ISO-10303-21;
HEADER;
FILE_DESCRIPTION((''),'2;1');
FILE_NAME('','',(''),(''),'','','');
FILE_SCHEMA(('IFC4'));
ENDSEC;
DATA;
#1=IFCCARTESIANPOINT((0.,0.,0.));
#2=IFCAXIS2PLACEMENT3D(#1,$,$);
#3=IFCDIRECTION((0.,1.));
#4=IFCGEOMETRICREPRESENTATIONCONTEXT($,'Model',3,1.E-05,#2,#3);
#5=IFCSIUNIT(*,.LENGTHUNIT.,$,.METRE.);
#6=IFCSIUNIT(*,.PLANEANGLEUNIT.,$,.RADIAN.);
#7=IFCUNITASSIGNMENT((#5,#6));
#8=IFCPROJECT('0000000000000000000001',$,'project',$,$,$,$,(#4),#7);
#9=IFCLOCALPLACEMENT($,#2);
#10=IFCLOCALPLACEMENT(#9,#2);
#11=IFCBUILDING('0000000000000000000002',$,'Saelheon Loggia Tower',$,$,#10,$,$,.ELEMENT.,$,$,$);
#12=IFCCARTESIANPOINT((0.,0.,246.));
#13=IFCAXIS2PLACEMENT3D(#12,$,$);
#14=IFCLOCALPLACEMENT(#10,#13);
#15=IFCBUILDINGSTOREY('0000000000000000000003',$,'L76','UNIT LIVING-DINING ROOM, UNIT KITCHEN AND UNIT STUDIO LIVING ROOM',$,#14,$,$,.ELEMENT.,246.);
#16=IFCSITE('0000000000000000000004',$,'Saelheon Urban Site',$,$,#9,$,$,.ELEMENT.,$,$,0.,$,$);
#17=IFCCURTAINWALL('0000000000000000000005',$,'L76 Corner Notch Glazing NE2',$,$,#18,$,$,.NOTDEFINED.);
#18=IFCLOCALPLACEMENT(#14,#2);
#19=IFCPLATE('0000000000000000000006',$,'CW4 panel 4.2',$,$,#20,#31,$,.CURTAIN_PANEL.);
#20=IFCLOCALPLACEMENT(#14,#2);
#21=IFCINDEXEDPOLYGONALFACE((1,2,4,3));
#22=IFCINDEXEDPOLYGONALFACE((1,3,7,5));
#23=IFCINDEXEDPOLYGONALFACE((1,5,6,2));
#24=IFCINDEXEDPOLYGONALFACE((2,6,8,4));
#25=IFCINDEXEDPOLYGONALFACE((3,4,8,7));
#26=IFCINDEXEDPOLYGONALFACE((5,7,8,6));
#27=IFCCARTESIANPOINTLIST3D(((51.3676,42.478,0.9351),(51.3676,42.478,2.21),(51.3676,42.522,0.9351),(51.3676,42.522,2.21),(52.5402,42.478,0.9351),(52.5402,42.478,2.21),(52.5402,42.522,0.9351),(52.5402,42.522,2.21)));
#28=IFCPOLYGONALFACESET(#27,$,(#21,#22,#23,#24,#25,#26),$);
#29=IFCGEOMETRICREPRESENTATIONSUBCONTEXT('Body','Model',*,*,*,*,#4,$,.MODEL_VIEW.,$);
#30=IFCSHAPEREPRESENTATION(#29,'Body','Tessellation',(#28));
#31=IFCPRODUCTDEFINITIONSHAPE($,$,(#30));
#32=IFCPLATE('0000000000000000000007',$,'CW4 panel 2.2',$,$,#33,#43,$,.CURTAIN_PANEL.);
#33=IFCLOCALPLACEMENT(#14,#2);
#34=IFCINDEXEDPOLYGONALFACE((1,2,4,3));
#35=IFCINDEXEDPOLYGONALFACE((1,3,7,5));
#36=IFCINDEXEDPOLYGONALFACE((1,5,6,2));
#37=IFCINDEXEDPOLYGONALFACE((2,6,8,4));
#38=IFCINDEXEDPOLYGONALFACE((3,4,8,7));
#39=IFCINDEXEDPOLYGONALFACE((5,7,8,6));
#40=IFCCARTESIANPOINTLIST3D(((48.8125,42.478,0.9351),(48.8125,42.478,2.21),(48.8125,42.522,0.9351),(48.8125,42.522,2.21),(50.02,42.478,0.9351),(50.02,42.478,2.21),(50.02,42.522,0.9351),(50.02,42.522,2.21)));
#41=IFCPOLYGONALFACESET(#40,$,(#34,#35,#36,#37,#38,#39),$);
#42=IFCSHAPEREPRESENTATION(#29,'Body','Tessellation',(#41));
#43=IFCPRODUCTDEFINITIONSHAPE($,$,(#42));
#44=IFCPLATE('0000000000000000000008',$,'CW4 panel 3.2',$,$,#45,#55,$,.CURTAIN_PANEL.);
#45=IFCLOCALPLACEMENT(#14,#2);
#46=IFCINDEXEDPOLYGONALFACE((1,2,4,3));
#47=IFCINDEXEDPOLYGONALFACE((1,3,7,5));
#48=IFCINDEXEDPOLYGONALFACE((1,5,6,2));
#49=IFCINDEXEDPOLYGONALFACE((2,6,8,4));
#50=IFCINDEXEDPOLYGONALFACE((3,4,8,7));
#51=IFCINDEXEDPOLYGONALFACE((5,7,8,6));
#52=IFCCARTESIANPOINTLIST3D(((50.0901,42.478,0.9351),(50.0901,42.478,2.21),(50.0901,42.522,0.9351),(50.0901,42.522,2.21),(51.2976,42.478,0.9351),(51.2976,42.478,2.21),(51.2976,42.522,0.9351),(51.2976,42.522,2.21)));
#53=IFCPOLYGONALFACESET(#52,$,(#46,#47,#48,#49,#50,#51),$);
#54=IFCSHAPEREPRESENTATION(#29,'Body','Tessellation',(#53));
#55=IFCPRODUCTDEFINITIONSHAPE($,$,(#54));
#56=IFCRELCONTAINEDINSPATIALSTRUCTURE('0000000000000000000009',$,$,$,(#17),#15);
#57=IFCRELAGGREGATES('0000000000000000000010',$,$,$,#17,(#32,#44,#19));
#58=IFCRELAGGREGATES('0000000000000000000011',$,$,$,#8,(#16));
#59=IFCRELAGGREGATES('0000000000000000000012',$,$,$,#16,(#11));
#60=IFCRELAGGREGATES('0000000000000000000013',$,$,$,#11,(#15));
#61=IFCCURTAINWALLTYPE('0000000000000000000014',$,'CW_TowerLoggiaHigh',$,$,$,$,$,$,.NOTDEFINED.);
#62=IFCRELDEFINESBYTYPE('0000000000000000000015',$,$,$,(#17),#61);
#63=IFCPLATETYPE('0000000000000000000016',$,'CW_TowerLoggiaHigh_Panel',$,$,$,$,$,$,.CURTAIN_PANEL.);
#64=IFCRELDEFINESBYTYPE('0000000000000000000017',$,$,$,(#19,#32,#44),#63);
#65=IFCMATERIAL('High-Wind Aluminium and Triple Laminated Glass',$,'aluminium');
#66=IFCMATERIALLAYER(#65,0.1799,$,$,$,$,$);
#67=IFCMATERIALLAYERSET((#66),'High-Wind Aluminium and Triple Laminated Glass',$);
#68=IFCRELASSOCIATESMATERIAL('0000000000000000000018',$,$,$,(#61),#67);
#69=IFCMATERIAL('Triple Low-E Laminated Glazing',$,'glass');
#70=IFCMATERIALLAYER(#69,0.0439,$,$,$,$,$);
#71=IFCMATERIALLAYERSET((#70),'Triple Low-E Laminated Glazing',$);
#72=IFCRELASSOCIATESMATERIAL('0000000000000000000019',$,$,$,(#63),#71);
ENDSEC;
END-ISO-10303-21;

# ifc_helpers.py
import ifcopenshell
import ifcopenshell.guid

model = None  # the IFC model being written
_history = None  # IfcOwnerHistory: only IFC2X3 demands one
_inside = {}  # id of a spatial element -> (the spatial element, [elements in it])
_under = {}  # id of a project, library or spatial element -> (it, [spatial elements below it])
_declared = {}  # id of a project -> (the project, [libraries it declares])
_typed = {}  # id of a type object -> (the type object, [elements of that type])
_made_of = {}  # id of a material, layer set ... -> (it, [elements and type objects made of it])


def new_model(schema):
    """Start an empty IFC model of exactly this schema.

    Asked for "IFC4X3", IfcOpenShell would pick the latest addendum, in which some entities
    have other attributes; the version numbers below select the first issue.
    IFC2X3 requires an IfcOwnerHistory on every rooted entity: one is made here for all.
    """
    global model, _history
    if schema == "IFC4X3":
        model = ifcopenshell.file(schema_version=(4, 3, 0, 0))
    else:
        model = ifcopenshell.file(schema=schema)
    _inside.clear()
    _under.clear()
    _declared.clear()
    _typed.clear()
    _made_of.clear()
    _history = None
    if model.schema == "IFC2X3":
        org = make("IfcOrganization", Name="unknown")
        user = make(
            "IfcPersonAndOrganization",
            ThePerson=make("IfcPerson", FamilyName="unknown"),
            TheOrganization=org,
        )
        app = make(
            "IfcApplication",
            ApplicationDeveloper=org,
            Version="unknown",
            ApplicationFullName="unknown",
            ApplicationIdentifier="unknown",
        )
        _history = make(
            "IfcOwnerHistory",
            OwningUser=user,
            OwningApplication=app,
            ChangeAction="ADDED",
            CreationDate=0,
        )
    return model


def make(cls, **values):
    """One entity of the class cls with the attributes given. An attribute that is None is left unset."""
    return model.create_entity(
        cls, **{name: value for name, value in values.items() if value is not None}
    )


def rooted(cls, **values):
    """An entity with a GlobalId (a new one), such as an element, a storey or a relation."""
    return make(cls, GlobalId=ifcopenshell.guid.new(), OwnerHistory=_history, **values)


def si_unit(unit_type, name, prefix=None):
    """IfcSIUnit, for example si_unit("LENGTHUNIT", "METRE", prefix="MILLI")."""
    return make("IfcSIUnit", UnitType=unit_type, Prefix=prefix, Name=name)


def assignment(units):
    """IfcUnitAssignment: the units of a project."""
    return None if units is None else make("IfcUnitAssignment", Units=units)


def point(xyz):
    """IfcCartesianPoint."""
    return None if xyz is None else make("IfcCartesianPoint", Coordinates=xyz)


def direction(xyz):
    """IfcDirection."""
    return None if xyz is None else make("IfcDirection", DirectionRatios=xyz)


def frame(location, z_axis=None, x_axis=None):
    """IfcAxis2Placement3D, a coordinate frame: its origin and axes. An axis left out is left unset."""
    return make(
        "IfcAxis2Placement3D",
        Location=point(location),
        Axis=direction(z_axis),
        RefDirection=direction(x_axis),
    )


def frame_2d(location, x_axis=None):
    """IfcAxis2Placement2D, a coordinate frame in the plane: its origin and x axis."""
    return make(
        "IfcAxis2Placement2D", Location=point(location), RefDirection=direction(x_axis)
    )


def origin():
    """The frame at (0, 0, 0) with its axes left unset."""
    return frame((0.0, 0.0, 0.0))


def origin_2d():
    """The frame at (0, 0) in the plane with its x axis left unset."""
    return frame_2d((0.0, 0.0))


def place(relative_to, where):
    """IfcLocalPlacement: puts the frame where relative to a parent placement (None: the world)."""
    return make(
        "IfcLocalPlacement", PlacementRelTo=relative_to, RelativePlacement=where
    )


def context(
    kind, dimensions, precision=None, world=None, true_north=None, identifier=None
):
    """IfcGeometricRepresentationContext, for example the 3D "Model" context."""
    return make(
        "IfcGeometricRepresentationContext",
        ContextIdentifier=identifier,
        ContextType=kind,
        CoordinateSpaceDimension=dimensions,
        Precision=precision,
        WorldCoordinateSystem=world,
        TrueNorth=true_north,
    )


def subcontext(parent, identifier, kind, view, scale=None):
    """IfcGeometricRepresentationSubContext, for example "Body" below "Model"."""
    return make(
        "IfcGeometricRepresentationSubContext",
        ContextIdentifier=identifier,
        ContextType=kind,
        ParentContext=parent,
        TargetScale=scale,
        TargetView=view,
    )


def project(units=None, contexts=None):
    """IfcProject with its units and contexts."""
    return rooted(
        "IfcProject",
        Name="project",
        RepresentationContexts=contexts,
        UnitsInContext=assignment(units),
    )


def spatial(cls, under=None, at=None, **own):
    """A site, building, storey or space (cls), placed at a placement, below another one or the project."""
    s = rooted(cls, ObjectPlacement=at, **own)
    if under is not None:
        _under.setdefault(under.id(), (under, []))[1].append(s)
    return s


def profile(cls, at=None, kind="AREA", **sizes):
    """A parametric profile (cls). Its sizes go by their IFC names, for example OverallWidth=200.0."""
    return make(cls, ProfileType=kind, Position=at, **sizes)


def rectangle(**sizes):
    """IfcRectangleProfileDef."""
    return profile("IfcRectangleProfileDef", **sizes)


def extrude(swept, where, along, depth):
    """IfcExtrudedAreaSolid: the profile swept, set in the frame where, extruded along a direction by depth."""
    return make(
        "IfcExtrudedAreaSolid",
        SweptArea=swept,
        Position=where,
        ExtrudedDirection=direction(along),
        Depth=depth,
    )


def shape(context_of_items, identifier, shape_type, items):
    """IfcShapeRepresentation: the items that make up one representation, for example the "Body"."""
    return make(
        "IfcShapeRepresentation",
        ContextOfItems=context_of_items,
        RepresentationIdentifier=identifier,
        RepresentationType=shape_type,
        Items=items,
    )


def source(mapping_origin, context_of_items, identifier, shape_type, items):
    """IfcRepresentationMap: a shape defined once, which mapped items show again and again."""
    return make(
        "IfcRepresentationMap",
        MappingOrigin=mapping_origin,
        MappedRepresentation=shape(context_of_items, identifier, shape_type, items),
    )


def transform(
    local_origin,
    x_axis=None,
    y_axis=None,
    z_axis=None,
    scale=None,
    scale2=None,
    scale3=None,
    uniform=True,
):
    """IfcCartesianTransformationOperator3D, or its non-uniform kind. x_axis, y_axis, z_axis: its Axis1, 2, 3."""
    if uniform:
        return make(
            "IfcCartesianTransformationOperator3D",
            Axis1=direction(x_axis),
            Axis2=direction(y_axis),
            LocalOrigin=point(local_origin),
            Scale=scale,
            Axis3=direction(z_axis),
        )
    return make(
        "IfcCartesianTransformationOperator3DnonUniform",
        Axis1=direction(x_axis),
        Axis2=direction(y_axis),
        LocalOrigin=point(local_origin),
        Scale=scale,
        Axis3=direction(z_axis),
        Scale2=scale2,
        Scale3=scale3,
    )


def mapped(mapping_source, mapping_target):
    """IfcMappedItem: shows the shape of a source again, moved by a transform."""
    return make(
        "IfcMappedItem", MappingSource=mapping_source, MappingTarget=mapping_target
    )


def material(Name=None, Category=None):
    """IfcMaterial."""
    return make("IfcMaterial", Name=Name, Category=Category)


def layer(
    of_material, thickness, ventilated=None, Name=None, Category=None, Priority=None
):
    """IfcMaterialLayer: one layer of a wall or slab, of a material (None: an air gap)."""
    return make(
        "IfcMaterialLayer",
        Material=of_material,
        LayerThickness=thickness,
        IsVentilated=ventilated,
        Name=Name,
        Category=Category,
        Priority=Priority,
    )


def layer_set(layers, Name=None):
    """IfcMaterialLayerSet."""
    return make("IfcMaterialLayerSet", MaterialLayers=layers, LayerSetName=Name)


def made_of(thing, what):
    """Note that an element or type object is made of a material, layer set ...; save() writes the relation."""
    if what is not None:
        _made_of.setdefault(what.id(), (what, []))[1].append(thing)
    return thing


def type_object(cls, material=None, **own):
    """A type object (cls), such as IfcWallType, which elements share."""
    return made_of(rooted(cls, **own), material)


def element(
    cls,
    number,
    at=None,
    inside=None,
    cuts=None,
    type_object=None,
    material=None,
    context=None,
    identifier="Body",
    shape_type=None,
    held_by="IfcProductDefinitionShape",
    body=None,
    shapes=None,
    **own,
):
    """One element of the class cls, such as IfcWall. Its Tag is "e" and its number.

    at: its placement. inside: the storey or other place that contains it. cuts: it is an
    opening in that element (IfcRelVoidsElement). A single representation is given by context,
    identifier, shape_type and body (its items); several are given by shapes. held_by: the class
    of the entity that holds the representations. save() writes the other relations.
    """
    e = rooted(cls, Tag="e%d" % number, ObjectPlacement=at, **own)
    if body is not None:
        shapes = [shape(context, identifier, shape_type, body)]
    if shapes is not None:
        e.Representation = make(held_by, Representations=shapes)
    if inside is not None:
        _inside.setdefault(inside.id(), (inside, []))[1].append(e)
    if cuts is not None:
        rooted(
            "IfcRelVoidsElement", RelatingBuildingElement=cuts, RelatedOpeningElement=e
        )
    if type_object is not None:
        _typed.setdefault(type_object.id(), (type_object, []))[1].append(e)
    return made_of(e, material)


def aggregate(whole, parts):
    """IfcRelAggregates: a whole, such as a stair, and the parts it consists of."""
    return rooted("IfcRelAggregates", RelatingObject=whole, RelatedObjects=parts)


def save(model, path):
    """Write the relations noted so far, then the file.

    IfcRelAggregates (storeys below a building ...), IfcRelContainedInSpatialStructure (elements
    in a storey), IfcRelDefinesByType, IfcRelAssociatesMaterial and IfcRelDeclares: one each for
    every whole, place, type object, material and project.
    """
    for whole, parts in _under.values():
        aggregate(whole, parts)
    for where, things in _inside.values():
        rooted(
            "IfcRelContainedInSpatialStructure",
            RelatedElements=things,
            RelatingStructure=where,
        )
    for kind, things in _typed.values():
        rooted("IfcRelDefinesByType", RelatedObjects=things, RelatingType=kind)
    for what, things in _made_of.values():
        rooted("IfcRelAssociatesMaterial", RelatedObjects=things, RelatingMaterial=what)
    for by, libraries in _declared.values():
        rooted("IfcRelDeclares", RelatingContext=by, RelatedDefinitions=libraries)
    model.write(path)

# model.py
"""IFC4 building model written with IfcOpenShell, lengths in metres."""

from ifc_helpers import new_model, si_unit, direction, frame, origin, origin_2d, place, context, subcontext, project, spatial, rectangle, extrude, source, transform, mapped, material, layer, layer_set, type_object, element, aggregate, save


model = new_model("IFC4")

# Units and contexts
model_context = context("Model", 3, precision=1e-05, world=origin(), true_north=direction((0.0, 1.0)))
body_context = subcontext(model_context, "Body", "Model", "MODEL_VIEW")
ifc_project = project(units=[si_unit("LENGTHUNIT", "METRE"), si_unit("PLANEANGLEUNIT", "RADIAN")], contexts=[model_context])

# Site, building, storey
site_placement = place(None, origin())
site = spatial("IfcSite", under=ifc_project, at=site_placement, Name="Saelheon Urban Site", CompositionType="ELEMENT", RefElevation=0.0)
building_placement = place(site_placement, origin())
building = spatial("IfcBuilding", under=site, at=building_placement, Name="Saelheon Loggia Tower", CompositionType="ELEMENT")
storey_placement = place(building_placement, frame((0.0, 0.0, 246.0)))
storey = spatial("IfcBuildingStorey", under=building, at=storey_placement, Name="L76", Description="UNIT LIVING-DINING ROOM, UNIT KITCHEN AND UNIT STUDIO LIVING ROOM", CompositionType="ELEMENT", Elevation=246.0)

# Shared definitions
ifc_material_1 = material(Name="High-Wind Aluminium and Triple Laminated Glass", Category="aluminium")
ifc_layer_1 = layer(ifc_material_1, 0.1799)
ifc_layer_set_1 = layer_set([ifc_layer_1], Name="High-Wind Aluminium and Triple Laminated Glass")
curtain_wall_type = type_object("IfcCurtainWallType", Name="CW_TowerLoggiaHigh", PredefinedType="NOTDEFINED", material=ifc_layer_set_1)

# Curtain wall
curtain_wall_1_placement = place(storey_placement, origin())
curtain_wall_1 = element("IfcCurtainWall", 1, at=curtain_wall_1_placement, inside=storey, type_object=curtain_wall_type, Name="L76 Corner Notch Glazing NE2", PredefinedType="NOTDEFINED")

# Plates
ifc_material_2 = material(Name="Triple Low-E Laminated Glazing", Category="glass")
ifc_layer_2 = layer(ifc_material_2, 0.0439)
ifc_layer_set_2 = layer_set([ifc_layer_2], Name="Triple Low-E Laminated Glazing")
plate_type = type_object("IfcPlateType", Name="CW_TowerLoggiaHigh_Panel", PredefinedType="CURTAIN_PANEL", material=ifc_layer_set_2)
shared_shape_1 = source(origin(), body_context, "Body", "SweptSolid", [
    extrude(rectangle(XDim=1.1726, YDim=0.0439, at=origin_2d()), origin(), (0.0, 0.0, 1.0), 1.2749),
])
plate_1_placement = place(storey_placement, frame((51.9539, 42.5, 0.9351), z_axis=(0.0, 0.0, 1.0), x_axis=(1.0, 0.0, 0.0)))
plate_1 = element("IfcPlate", 2, at=plate_1_placement, type_object=plate_type, Name="CW4 panel 4.2", PredefinedType="CURTAIN_PANEL", context=body_context, shape_type="MappedRepresentation", body=[
    mapped(shared_shape_1, transform((0.0, 0.0, 0.0), scale=1.0)),
])
shared_shape_2 = source(origin(), body_context, "Body", "SweptSolid", [
    extrude(rectangle(XDim=1.2075, YDim=0.0439, at=origin_2d()), origin(), (0.0, 0.0, 1.0), 1.2749),
])
plate_2_placement = place(storey_placement, frame((49.4163, 42.5, 0.9351), z_axis=(0.0, 0.0, 1.0), x_axis=(1.0, 0.0, 0.0)))
plate_2 = element("IfcPlate", 3, at=plate_2_placement, type_object=plate_type, Name="CW4 panel 2.2", PredefinedType="CURTAIN_PANEL", context=body_context, shape_type="MappedRepresentation", body=[
    mapped(shared_shape_2, transform((0.0, 0.0, 0.0), scale=1.0)),
])
plate_3_placement = place(storey_placement, frame((50.6938, 42.5, 0.9351), z_axis=(0.0, 0.0, 1.0), x_axis=(1.0, 0.0, 0.0)))
plate_3 = element("IfcPlate", 4, at=plate_3_placement, type_object=plate_type, Name="CW4 panel 3.2", PredefinedType="CURTAIN_PANEL", context=body_context, shape_type="MappedRepresentation", body=[
    mapped(shared_shape_2, transform((0.0, 0.0, 0.0), scale=1.0)),
])
aggregate(curtain_wall_1, [plate_2, plate_3, plate_1])

save(model, "model.ifc")
